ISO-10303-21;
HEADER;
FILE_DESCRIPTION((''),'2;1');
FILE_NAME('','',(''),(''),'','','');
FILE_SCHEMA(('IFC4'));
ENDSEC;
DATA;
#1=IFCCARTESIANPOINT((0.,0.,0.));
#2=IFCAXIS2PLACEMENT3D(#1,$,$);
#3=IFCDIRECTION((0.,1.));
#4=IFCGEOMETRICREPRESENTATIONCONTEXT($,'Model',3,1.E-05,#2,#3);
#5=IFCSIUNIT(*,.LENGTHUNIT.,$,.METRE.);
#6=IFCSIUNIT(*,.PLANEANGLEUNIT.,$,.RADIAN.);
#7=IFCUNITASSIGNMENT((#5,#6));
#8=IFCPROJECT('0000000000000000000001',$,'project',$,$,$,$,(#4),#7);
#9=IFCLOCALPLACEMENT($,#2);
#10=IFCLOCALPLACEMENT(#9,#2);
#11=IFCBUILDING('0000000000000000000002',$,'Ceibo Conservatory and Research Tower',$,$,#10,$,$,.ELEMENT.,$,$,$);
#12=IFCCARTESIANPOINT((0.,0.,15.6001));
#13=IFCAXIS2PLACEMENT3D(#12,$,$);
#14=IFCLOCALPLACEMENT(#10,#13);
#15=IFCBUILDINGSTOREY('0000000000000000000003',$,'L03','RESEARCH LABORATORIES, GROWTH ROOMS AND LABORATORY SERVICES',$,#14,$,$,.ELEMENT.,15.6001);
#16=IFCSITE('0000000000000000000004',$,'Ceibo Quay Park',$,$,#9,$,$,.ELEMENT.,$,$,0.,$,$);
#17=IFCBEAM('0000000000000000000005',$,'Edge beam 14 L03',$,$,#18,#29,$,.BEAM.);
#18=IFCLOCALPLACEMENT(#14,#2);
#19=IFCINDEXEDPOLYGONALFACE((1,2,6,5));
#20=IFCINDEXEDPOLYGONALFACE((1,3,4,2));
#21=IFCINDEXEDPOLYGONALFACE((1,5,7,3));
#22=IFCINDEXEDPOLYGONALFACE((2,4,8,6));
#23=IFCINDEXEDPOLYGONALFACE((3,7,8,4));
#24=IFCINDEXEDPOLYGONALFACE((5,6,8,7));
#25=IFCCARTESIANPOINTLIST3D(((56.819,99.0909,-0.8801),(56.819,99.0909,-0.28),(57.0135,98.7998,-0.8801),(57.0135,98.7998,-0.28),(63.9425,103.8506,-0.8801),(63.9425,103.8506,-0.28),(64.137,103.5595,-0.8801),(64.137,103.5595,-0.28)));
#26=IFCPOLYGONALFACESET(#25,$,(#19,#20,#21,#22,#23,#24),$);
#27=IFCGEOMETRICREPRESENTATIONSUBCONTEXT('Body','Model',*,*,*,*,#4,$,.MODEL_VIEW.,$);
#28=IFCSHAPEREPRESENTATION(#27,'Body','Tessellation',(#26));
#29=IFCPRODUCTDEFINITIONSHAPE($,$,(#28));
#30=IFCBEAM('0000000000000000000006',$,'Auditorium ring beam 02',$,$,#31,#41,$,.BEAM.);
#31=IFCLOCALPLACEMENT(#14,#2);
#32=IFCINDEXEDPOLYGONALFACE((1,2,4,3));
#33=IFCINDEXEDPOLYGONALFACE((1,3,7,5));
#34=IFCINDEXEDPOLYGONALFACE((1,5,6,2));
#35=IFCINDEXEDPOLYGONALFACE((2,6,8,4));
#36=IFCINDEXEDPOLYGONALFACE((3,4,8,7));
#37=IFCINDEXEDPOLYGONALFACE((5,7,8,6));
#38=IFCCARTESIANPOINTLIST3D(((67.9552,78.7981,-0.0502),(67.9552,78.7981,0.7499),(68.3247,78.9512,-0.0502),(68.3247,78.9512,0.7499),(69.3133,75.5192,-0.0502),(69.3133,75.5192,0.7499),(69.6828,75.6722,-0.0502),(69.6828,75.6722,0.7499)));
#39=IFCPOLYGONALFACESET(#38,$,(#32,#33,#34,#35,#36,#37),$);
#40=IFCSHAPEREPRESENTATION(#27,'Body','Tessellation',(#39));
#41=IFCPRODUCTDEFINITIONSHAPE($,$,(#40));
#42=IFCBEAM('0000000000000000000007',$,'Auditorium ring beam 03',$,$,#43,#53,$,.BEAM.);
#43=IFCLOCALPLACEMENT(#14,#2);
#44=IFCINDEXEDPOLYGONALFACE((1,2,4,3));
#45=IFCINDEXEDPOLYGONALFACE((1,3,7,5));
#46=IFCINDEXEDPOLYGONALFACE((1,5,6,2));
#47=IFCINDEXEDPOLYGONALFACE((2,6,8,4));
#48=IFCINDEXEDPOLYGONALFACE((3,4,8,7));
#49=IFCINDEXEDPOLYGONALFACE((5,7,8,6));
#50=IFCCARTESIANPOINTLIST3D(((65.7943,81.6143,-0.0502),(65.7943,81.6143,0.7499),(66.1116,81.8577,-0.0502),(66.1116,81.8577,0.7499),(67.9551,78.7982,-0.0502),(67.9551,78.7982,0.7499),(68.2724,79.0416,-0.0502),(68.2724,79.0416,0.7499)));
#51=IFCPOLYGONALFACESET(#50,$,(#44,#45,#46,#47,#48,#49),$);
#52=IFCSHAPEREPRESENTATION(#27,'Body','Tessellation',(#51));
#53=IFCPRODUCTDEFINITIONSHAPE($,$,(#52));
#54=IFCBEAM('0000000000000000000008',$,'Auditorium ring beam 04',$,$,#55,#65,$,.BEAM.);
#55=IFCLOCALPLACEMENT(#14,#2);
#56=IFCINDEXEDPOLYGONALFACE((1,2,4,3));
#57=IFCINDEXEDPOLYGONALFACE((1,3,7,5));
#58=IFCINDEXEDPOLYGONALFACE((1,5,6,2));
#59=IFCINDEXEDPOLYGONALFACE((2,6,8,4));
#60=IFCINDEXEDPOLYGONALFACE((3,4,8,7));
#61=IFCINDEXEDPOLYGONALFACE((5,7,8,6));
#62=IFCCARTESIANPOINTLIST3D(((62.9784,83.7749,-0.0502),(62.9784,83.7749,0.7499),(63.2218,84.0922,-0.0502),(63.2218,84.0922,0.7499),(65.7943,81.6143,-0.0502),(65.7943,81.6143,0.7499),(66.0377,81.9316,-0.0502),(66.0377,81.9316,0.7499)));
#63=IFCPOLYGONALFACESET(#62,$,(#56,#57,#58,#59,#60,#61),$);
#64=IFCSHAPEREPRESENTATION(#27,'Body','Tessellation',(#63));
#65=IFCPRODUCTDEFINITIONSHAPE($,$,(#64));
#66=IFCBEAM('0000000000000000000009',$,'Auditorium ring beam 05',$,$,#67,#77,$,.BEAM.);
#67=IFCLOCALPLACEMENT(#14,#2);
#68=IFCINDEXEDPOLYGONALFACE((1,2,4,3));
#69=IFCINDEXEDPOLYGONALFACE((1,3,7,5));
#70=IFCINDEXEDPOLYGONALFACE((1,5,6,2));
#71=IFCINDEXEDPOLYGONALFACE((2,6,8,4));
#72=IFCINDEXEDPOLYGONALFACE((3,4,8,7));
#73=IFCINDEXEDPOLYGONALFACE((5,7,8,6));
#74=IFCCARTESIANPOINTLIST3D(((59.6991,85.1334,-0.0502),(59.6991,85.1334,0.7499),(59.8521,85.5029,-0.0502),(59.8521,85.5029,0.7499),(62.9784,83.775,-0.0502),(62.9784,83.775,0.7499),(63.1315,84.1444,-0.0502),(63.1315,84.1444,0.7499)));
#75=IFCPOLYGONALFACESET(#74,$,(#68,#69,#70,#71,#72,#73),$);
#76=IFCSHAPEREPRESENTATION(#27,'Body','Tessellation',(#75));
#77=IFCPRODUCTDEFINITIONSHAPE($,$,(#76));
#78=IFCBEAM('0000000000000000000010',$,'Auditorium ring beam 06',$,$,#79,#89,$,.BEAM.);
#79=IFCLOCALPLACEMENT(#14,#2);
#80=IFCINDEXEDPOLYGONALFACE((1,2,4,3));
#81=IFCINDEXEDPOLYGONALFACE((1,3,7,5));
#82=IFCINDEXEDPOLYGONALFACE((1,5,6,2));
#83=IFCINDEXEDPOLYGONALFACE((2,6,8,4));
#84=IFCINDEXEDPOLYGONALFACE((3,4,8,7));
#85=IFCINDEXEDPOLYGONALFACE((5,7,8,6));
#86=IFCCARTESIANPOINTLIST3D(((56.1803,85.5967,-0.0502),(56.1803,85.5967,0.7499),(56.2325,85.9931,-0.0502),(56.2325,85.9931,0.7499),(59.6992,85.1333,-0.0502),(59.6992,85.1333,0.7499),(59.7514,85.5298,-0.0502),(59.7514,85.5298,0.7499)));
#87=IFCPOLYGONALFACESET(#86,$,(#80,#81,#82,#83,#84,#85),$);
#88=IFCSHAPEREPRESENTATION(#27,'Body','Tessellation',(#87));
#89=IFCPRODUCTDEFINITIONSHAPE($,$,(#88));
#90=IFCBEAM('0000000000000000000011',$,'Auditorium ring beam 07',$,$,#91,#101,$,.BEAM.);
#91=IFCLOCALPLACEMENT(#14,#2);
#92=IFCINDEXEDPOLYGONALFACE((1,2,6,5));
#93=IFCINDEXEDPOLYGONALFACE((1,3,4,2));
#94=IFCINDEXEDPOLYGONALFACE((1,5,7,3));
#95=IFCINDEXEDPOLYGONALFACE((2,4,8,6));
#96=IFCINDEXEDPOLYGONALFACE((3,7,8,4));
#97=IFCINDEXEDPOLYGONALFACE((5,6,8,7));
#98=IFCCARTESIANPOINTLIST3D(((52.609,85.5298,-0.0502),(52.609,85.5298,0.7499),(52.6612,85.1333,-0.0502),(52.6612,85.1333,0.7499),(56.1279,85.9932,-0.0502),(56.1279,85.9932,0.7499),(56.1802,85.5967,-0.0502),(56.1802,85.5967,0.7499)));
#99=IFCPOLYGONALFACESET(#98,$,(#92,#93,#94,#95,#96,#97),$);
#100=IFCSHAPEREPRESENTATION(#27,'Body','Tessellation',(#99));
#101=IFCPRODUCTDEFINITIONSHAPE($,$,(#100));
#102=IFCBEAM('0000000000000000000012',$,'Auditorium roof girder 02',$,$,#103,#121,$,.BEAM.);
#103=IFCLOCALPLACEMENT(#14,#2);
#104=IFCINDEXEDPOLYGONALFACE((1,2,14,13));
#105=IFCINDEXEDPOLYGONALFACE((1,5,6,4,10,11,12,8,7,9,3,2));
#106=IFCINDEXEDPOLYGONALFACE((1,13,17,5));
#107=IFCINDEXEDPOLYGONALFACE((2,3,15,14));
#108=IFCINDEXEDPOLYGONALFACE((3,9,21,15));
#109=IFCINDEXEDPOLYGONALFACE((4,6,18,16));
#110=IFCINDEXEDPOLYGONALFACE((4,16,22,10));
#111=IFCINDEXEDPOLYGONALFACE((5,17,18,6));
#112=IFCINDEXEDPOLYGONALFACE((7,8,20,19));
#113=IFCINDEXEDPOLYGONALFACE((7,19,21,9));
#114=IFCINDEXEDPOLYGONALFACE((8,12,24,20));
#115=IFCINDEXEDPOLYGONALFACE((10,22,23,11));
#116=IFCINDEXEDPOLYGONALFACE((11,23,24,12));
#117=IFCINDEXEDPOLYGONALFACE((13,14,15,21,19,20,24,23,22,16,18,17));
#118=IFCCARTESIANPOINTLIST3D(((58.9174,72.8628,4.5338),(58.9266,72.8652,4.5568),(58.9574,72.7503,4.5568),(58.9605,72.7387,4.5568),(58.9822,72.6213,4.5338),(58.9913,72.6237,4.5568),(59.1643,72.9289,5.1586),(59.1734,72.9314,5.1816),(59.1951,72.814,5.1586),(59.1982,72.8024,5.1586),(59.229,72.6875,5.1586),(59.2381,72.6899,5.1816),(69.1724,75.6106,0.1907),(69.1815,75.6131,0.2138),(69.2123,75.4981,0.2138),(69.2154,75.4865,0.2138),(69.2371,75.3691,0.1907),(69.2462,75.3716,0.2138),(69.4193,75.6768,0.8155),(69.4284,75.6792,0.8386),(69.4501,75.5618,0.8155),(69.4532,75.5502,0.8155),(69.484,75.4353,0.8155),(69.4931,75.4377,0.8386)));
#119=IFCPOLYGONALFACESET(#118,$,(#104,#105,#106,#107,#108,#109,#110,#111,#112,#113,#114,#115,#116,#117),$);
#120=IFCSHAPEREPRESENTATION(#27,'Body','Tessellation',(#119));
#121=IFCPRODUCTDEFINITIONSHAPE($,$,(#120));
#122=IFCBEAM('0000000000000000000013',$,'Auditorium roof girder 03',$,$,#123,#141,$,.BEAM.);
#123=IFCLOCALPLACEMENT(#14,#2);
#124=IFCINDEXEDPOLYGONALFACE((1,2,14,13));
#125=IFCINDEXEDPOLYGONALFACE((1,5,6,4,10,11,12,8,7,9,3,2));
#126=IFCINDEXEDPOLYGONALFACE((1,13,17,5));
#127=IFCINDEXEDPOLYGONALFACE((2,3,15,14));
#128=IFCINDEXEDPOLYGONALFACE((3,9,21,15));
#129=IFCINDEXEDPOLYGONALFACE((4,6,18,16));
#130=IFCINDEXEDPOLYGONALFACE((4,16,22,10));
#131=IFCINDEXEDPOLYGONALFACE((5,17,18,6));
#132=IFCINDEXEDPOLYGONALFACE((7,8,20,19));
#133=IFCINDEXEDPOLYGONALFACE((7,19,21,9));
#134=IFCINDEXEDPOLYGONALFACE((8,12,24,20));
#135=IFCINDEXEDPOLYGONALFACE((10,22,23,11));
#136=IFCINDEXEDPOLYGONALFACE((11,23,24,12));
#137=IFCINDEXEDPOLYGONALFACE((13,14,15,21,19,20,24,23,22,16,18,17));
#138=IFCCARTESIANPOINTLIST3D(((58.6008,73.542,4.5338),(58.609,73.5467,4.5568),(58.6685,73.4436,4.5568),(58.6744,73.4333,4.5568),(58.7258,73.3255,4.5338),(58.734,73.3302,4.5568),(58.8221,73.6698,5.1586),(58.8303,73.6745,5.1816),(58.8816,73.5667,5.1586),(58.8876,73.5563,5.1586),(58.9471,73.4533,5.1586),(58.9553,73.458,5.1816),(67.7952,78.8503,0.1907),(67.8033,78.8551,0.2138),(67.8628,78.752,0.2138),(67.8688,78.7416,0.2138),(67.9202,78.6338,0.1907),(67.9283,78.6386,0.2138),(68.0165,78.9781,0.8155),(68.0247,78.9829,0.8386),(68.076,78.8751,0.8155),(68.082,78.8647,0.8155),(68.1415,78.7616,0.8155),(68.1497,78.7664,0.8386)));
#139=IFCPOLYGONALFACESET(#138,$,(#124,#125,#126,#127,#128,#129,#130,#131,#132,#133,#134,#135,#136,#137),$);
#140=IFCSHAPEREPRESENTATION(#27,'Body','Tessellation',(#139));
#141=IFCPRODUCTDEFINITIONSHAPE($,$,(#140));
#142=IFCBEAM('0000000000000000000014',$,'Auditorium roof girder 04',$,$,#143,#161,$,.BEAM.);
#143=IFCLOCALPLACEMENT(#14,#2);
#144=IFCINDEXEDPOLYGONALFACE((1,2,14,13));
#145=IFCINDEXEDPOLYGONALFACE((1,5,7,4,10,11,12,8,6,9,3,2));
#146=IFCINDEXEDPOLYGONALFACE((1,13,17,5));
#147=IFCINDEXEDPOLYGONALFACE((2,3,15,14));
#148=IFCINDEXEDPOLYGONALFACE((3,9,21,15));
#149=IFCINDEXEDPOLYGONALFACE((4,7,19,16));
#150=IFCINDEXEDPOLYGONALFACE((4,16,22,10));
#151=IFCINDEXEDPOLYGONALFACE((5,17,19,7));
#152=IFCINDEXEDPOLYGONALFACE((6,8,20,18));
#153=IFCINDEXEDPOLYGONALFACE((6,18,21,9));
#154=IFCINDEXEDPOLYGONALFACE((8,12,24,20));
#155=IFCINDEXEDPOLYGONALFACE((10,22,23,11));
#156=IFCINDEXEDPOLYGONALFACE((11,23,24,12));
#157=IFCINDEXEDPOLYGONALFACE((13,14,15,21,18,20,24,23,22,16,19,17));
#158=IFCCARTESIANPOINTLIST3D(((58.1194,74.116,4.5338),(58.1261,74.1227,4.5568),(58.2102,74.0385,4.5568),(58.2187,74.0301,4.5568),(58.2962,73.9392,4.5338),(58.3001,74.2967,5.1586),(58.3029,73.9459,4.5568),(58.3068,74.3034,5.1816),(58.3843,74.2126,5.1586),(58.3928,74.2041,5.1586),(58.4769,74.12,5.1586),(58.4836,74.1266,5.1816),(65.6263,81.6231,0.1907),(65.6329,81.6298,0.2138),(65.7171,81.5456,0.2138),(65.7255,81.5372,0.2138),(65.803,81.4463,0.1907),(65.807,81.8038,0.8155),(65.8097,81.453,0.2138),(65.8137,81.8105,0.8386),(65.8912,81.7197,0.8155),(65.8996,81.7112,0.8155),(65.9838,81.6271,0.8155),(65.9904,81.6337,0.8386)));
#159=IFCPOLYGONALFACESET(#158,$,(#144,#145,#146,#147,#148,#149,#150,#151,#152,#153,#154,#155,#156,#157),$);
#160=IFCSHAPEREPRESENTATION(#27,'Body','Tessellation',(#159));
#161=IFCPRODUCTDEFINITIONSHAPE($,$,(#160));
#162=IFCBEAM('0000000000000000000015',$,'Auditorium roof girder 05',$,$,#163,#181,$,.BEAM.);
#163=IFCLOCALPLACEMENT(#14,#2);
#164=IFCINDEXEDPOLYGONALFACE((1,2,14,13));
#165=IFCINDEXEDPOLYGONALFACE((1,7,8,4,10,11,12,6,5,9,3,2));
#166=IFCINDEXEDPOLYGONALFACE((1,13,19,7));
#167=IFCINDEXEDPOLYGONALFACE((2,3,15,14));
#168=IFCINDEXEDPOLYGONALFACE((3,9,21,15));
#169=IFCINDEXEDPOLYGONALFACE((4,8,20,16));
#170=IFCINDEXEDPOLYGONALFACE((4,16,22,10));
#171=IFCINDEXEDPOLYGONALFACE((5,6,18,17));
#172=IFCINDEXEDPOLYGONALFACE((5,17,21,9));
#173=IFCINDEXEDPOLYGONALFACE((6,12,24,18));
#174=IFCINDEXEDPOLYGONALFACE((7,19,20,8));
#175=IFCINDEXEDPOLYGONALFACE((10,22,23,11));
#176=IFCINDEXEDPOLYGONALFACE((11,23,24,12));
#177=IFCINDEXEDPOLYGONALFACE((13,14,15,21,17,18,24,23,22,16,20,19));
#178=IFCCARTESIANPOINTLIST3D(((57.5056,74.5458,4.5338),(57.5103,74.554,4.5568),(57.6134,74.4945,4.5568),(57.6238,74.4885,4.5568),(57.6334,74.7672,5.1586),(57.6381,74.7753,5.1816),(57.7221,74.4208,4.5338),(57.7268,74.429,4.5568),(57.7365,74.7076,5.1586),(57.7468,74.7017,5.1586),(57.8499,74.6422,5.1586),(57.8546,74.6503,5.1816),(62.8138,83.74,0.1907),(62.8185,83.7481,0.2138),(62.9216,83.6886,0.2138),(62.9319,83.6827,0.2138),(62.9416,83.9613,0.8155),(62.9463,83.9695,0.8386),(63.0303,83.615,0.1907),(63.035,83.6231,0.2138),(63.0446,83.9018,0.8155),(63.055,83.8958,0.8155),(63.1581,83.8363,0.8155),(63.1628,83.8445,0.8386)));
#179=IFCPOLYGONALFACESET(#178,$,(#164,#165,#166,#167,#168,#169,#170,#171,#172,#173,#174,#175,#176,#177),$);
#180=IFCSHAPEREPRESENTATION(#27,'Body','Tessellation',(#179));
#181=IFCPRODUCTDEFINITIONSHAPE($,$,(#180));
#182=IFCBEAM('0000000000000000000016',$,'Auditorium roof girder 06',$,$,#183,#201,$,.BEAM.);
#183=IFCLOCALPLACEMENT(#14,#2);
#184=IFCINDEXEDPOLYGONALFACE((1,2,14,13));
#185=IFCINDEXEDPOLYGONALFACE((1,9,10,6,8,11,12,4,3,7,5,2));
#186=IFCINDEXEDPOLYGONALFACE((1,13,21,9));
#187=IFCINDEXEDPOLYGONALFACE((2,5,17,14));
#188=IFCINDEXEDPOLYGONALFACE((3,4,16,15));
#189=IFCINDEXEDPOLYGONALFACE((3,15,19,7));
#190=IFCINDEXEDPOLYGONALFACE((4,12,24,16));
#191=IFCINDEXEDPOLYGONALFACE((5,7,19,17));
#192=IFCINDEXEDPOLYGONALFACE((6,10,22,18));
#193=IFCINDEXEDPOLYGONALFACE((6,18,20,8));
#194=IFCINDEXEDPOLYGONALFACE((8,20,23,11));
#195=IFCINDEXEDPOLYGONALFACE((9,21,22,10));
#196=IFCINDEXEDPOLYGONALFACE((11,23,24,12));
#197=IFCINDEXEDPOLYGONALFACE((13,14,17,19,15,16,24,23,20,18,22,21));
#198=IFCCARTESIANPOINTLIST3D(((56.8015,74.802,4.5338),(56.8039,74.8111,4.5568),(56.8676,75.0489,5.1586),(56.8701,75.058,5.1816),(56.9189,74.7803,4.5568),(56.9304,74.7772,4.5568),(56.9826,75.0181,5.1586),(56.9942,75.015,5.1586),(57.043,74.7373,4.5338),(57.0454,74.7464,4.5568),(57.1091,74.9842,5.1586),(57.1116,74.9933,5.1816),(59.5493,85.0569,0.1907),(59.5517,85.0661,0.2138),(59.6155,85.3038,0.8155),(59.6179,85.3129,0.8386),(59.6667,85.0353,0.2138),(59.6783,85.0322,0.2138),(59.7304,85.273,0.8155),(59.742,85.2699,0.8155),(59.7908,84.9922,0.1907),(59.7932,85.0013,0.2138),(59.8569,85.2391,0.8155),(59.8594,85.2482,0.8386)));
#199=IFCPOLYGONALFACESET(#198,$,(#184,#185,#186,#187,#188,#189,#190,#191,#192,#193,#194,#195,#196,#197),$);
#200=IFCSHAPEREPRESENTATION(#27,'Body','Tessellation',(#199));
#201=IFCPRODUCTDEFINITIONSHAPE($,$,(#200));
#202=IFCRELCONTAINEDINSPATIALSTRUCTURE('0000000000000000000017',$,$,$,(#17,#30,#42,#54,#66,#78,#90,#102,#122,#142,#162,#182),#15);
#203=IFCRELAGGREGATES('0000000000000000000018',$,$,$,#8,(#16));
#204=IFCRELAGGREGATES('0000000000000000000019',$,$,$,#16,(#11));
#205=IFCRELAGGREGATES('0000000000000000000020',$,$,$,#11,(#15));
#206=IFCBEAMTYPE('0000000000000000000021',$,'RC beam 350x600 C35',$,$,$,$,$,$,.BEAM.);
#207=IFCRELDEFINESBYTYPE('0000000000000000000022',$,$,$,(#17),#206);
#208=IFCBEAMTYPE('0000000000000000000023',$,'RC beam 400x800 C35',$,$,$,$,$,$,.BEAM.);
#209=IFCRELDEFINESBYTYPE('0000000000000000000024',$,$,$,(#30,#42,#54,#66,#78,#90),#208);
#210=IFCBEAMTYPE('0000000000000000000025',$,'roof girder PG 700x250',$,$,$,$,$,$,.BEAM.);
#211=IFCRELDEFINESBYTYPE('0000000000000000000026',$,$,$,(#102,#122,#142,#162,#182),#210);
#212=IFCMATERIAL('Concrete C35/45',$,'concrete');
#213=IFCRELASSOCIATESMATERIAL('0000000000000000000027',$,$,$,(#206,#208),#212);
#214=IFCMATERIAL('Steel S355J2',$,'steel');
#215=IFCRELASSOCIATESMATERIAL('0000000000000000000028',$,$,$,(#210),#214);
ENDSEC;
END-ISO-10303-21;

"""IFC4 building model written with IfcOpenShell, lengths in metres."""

from ifc_helpers import new_model, si_unit, direction, frame, origin, origin_2d, place, context, subcontext, project, spatial, rectangle, i_section, extrude, material, material_profile, profile_set, type_object, element, save


model = new_model("IFC4")

# Units and contexts
model_context = context("Model", 3, precision=1e-05, world=origin(), true_north=direction((0.0, 1.0)))
body_context = subcontext(model_context, "Body", "Model", "MODEL_VIEW")
ifc_project = project(units=[si_unit("LENGTHUNIT", "METRE"), si_unit("PLANEANGLEUNIT", "RADIAN")], contexts=[model_context])

# Site, building, storey
site_placement = place(None, origin())
site = spatial("IfcSite", under=ifc_project, at=site_placement, Name="Ceibo Quay Park", CompositionType="ELEMENT", RefElevation=0.0)
building_placement = place(site_placement, origin())
building = spatial("IfcBuilding", under=site, at=building_placement, Name="Ceibo Conservatory and Research Tower", CompositionType="ELEMENT")
storey_placement = place(building_placement, frame((0.0, 0.0, 15.6001)))
storey = spatial("IfcBuildingStorey", under=building, at=storey_placement, Name="L03", Description="RESEARCH LABORATORIES, GROWTH ROOMS AND LABORATORY SERVICES", CompositionType="ELEMENT", Elevation=15.6001)

# Beams
ifc_material_1 = material(Name="Concrete C35/45", Category="concrete")
ifc_material_profile_1 = material_profile(ifc_material_1, rectangle(XDim=0.3501, YDim=0.6001, at=origin_2d()), Name="RC 350x600")
ifc_profile_set_1 = profile_set([ifc_material_profile_1], Name="Concrete C35/45")
beam_type_1 = type_object("IfcBeamType", Name="RC beam 350x600 C35", PredefinedType="BEAM", material=ifc_profile_set_1)
beam_1_placement = place(storey_placement, frame((56.9163, 98.9453, -0.5801), z_axis=(0.831471, 0.555568, 0.0), x_axis=(-0.555568, 0.831471, 0.0)))
element("IfcBeam", 1, at=beam_1_placement, inside=storey, type_object=beam_type_1, Name="Edge beam 14 L03", PredefinedType="BEAM", context=body_context, shape_type="SweptSolid", body=[
    extrude(rectangle(XDim=0.3501, YDim=0.6001, at=origin_2d()), origin(), (0.0, 0.0, 1.0), 8.5674),
])
ifc_material_profile_2 = material_profile(ifc_material_1, rectangle(XDim=0.3999, YDim=0.8, at=origin_2d()), Name="RC 400x800")
ifc_profile_set_2 = profile_set([ifc_material_profile_2], Name="Concrete C35/45")
beam_type_2 = type_object("IfcBeamType", Name="RC beam 400x800 C35", PredefinedType="BEAM", material=ifc_profile_set_2)
beam_2_placement = place(storey_placement, frame((69.498, 75.5957, 0.3499), z_axis=(-0.382666, 0.923887, 0.0), x_axis=(-0.923887, -0.382666, 0.0)))
element("IfcBeam", 2, at=beam_2_placement, inside=storey, type_object=beam_type_2, Name="Auditorium ring beam 02", PredefinedType="BEAM", context=body_context, shape_type="SweptSolid", body=[
    extrude(rectangle(XDim=0.3999, YDim=0.8, at=origin_2d()), origin(), (0.0, 0.0, 1.0), 3.5491),
])
beam_3_placement = place(storey_placement, frame((68.1138, 78.9199, 0.3499), z_axis=(-0.608756, 0.793357, 0.0), x_axis=(-0.793357, -0.608756, 0.0)))
element("IfcBeam", 3, at=beam_3_placement, inside=storey, type_object=beam_type_2, Name="Auditorium ring beam 03", PredefinedType="BEAM", context=body_context, shape_type="SweptSolid", body=[
    extrude(rectangle(XDim=0.3999, YDim=0.8, at=origin_2d()), origin(), (0.0, 0.0, 1.0), 3.5496),
])
beam_4_placement = place(storey_placement, frame((65.916, 81.7729, 0.3499), z_axis=(-0.793365, 0.608746, 0.0), x_axis=(-0.608746, -0.793365, 0.0)))
element("IfcBeam", 4, at=beam_4_placement, inside=storey, type_object=beam_type_2, Name="Auditorium ring beam 04", PredefinedType="BEAM", context=body_context, shape_type="SweptSolid", body=[
    extrude(rectangle(XDim=0.3999, YDim=0.8, at=origin_2d()), origin(), (0.0, 0.0, 1.0), 3.5493),
])
beam_5_placement = place(storey_placement, frame((63.0549, 83.9597, 0.3499), z_axis=(-0.923873, 0.3827, 0.0), x_axis=(-0.3827, -0.923873, 0.0)))
element("IfcBeam", 5, at=beam_5_placement, inside=storey, type_object=beam_type_2, Name="Auditorium ring beam 05", PredefinedType="BEAM", context=body_context, shape_type="SweptSolid", body=[
    extrude(rectangle(XDim=0.3999, YDim=0.8, at=origin_2d()), origin(), (0.0, 0.0, 1.0), 3.5496),
])
for number, where, z_axis, x_axis, name in (
    (6, (59.7253, 85.3315, 0.3499), (-0.991442, 0.130551, 0.0), (-0.130551, -0.991442, 0.0), "Auditorium ring beam 06"),
    (7, (56.1541, 85.7949, 0.3499), (-0.991442, -0.130551, 0.0), (0.130551, -0.991442, 0.0), "Auditorium ring beam 07"),
):
    element("IfcBeam", number, at=place(storey_placement, frame(where, z_axis=z_axis, x_axis=x_axis)), inside=storey, type_object=beam_type_2, Name=name, PredefinedType="BEAM", context=body_context, shape_type="SweptSolid", body=[
        extrude(rectangle(XDim=0.3999, YDim=0.8, at=origin_2d()), origin(), (0.0, 0.0, 1.0), 3.5493),
    ])
ifc_material_2 = material(Name="Steel S355J2", Category="steel")
ifc_material_profile_3 = material_profile(ifc_material_2, i_section(OverallWidth=0.25, OverallDepth=0.7, WebThickness=0.012, FlangeThickness=0.0249, at=origin_2d()), Name="PG 700x250")
ifc_profile_set_3 = profile_set([ifc_material_profile_3], Name="Steel S355J2")
beam_type_3 = type_object("IfcBeamType", Name="roof girder PG 700x250", PredefinedType="BEAM", material=ifc_profile_set_3)
for number, where, z_axis, x_axis, name in (
    (8, (69.3328, 75.5242, 0.5146), (-0.894014, -0.239552, 0.378621), (0.25882, -0.965925, 0.0), "Auditorium roof girder 02"),
    (9, (67.9724, 78.8083, 0.5146), (-0.801552, -0.462776, 0.378619), (0.5, -0.866026, 0.0), "Auditorium roof girder 03"),
):
    element("IfcBeam", number, at=place(storey_placement, frame(where, z_axis=z_axis, x_axis=x_axis)), inside=storey, type_object=beam_type_3, Name=name, PredefinedType="BEAM", context=body_context, shape_type="SweptSolid", body=[
        extrude(i_section(OverallWidth=0.25, OverallDepth=0.7, WebThickness=0.012, FlangeThickness=0.0249, at=origin_2d()), origin(), (0.0, 0.0, 1.0), 11.4707),
    ])
for number, where, z_axis, x_axis, name in (
    (10, (65.8083, 81.6284, 0.5146), (-0.654451, -0.654473, 0.378627), (0.707118, -0.707095, 0.0), "Auditorium roof girder 04"),
    (11, (62.9883, 83.7922, 0.5146), (-0.462767, -0.801552, 0.37863), (0.86603, -0.499993, 0.0), "Auditorium roof girder 05"),
):
    element("IfcBeam", number, at=place(storey_placement, frame(where, z_axis=z_axis, x_axis=x_axis)), inside=storey, type_object=beam_type_3, Name=name, PredefinedType="BEAM", context=body_context, shape_type="SweptSolid", body=[
        extrude(i_section(OverallWidth=0.25, OverallDepth=0.7, WebThickness=0.012, FlangeThickness=0.0249, at=origin_2d()), origin(), (0.0, 0.0, 1.0), 11.4705),
    ])
beam_6_placement = place(storey_placement, frame((59.7043, 85.1526, 0.5146), z_axis=(-0.239552, -0.894014, 0.378621), x_axis=(0.965925, -0.25882, 0.0)))
element("IfcBeam", 12, at=beam_6_placement, inside=storey, type_object=beam_type_3, Name="Auditorium roof girder 06", PredefinedType="BEAM", context=body_context, shape_type="SweptSolid", body=[
    extrude(i_section(OverallWidth=0.25, OverallDepth=0.7, WebThickness=0.012, FlangeThickness=0.0249, at=origin_2d()), origin(), (0.0, 0.0, 1.0), 11.4707),
])

save(model, "model.ifc")
